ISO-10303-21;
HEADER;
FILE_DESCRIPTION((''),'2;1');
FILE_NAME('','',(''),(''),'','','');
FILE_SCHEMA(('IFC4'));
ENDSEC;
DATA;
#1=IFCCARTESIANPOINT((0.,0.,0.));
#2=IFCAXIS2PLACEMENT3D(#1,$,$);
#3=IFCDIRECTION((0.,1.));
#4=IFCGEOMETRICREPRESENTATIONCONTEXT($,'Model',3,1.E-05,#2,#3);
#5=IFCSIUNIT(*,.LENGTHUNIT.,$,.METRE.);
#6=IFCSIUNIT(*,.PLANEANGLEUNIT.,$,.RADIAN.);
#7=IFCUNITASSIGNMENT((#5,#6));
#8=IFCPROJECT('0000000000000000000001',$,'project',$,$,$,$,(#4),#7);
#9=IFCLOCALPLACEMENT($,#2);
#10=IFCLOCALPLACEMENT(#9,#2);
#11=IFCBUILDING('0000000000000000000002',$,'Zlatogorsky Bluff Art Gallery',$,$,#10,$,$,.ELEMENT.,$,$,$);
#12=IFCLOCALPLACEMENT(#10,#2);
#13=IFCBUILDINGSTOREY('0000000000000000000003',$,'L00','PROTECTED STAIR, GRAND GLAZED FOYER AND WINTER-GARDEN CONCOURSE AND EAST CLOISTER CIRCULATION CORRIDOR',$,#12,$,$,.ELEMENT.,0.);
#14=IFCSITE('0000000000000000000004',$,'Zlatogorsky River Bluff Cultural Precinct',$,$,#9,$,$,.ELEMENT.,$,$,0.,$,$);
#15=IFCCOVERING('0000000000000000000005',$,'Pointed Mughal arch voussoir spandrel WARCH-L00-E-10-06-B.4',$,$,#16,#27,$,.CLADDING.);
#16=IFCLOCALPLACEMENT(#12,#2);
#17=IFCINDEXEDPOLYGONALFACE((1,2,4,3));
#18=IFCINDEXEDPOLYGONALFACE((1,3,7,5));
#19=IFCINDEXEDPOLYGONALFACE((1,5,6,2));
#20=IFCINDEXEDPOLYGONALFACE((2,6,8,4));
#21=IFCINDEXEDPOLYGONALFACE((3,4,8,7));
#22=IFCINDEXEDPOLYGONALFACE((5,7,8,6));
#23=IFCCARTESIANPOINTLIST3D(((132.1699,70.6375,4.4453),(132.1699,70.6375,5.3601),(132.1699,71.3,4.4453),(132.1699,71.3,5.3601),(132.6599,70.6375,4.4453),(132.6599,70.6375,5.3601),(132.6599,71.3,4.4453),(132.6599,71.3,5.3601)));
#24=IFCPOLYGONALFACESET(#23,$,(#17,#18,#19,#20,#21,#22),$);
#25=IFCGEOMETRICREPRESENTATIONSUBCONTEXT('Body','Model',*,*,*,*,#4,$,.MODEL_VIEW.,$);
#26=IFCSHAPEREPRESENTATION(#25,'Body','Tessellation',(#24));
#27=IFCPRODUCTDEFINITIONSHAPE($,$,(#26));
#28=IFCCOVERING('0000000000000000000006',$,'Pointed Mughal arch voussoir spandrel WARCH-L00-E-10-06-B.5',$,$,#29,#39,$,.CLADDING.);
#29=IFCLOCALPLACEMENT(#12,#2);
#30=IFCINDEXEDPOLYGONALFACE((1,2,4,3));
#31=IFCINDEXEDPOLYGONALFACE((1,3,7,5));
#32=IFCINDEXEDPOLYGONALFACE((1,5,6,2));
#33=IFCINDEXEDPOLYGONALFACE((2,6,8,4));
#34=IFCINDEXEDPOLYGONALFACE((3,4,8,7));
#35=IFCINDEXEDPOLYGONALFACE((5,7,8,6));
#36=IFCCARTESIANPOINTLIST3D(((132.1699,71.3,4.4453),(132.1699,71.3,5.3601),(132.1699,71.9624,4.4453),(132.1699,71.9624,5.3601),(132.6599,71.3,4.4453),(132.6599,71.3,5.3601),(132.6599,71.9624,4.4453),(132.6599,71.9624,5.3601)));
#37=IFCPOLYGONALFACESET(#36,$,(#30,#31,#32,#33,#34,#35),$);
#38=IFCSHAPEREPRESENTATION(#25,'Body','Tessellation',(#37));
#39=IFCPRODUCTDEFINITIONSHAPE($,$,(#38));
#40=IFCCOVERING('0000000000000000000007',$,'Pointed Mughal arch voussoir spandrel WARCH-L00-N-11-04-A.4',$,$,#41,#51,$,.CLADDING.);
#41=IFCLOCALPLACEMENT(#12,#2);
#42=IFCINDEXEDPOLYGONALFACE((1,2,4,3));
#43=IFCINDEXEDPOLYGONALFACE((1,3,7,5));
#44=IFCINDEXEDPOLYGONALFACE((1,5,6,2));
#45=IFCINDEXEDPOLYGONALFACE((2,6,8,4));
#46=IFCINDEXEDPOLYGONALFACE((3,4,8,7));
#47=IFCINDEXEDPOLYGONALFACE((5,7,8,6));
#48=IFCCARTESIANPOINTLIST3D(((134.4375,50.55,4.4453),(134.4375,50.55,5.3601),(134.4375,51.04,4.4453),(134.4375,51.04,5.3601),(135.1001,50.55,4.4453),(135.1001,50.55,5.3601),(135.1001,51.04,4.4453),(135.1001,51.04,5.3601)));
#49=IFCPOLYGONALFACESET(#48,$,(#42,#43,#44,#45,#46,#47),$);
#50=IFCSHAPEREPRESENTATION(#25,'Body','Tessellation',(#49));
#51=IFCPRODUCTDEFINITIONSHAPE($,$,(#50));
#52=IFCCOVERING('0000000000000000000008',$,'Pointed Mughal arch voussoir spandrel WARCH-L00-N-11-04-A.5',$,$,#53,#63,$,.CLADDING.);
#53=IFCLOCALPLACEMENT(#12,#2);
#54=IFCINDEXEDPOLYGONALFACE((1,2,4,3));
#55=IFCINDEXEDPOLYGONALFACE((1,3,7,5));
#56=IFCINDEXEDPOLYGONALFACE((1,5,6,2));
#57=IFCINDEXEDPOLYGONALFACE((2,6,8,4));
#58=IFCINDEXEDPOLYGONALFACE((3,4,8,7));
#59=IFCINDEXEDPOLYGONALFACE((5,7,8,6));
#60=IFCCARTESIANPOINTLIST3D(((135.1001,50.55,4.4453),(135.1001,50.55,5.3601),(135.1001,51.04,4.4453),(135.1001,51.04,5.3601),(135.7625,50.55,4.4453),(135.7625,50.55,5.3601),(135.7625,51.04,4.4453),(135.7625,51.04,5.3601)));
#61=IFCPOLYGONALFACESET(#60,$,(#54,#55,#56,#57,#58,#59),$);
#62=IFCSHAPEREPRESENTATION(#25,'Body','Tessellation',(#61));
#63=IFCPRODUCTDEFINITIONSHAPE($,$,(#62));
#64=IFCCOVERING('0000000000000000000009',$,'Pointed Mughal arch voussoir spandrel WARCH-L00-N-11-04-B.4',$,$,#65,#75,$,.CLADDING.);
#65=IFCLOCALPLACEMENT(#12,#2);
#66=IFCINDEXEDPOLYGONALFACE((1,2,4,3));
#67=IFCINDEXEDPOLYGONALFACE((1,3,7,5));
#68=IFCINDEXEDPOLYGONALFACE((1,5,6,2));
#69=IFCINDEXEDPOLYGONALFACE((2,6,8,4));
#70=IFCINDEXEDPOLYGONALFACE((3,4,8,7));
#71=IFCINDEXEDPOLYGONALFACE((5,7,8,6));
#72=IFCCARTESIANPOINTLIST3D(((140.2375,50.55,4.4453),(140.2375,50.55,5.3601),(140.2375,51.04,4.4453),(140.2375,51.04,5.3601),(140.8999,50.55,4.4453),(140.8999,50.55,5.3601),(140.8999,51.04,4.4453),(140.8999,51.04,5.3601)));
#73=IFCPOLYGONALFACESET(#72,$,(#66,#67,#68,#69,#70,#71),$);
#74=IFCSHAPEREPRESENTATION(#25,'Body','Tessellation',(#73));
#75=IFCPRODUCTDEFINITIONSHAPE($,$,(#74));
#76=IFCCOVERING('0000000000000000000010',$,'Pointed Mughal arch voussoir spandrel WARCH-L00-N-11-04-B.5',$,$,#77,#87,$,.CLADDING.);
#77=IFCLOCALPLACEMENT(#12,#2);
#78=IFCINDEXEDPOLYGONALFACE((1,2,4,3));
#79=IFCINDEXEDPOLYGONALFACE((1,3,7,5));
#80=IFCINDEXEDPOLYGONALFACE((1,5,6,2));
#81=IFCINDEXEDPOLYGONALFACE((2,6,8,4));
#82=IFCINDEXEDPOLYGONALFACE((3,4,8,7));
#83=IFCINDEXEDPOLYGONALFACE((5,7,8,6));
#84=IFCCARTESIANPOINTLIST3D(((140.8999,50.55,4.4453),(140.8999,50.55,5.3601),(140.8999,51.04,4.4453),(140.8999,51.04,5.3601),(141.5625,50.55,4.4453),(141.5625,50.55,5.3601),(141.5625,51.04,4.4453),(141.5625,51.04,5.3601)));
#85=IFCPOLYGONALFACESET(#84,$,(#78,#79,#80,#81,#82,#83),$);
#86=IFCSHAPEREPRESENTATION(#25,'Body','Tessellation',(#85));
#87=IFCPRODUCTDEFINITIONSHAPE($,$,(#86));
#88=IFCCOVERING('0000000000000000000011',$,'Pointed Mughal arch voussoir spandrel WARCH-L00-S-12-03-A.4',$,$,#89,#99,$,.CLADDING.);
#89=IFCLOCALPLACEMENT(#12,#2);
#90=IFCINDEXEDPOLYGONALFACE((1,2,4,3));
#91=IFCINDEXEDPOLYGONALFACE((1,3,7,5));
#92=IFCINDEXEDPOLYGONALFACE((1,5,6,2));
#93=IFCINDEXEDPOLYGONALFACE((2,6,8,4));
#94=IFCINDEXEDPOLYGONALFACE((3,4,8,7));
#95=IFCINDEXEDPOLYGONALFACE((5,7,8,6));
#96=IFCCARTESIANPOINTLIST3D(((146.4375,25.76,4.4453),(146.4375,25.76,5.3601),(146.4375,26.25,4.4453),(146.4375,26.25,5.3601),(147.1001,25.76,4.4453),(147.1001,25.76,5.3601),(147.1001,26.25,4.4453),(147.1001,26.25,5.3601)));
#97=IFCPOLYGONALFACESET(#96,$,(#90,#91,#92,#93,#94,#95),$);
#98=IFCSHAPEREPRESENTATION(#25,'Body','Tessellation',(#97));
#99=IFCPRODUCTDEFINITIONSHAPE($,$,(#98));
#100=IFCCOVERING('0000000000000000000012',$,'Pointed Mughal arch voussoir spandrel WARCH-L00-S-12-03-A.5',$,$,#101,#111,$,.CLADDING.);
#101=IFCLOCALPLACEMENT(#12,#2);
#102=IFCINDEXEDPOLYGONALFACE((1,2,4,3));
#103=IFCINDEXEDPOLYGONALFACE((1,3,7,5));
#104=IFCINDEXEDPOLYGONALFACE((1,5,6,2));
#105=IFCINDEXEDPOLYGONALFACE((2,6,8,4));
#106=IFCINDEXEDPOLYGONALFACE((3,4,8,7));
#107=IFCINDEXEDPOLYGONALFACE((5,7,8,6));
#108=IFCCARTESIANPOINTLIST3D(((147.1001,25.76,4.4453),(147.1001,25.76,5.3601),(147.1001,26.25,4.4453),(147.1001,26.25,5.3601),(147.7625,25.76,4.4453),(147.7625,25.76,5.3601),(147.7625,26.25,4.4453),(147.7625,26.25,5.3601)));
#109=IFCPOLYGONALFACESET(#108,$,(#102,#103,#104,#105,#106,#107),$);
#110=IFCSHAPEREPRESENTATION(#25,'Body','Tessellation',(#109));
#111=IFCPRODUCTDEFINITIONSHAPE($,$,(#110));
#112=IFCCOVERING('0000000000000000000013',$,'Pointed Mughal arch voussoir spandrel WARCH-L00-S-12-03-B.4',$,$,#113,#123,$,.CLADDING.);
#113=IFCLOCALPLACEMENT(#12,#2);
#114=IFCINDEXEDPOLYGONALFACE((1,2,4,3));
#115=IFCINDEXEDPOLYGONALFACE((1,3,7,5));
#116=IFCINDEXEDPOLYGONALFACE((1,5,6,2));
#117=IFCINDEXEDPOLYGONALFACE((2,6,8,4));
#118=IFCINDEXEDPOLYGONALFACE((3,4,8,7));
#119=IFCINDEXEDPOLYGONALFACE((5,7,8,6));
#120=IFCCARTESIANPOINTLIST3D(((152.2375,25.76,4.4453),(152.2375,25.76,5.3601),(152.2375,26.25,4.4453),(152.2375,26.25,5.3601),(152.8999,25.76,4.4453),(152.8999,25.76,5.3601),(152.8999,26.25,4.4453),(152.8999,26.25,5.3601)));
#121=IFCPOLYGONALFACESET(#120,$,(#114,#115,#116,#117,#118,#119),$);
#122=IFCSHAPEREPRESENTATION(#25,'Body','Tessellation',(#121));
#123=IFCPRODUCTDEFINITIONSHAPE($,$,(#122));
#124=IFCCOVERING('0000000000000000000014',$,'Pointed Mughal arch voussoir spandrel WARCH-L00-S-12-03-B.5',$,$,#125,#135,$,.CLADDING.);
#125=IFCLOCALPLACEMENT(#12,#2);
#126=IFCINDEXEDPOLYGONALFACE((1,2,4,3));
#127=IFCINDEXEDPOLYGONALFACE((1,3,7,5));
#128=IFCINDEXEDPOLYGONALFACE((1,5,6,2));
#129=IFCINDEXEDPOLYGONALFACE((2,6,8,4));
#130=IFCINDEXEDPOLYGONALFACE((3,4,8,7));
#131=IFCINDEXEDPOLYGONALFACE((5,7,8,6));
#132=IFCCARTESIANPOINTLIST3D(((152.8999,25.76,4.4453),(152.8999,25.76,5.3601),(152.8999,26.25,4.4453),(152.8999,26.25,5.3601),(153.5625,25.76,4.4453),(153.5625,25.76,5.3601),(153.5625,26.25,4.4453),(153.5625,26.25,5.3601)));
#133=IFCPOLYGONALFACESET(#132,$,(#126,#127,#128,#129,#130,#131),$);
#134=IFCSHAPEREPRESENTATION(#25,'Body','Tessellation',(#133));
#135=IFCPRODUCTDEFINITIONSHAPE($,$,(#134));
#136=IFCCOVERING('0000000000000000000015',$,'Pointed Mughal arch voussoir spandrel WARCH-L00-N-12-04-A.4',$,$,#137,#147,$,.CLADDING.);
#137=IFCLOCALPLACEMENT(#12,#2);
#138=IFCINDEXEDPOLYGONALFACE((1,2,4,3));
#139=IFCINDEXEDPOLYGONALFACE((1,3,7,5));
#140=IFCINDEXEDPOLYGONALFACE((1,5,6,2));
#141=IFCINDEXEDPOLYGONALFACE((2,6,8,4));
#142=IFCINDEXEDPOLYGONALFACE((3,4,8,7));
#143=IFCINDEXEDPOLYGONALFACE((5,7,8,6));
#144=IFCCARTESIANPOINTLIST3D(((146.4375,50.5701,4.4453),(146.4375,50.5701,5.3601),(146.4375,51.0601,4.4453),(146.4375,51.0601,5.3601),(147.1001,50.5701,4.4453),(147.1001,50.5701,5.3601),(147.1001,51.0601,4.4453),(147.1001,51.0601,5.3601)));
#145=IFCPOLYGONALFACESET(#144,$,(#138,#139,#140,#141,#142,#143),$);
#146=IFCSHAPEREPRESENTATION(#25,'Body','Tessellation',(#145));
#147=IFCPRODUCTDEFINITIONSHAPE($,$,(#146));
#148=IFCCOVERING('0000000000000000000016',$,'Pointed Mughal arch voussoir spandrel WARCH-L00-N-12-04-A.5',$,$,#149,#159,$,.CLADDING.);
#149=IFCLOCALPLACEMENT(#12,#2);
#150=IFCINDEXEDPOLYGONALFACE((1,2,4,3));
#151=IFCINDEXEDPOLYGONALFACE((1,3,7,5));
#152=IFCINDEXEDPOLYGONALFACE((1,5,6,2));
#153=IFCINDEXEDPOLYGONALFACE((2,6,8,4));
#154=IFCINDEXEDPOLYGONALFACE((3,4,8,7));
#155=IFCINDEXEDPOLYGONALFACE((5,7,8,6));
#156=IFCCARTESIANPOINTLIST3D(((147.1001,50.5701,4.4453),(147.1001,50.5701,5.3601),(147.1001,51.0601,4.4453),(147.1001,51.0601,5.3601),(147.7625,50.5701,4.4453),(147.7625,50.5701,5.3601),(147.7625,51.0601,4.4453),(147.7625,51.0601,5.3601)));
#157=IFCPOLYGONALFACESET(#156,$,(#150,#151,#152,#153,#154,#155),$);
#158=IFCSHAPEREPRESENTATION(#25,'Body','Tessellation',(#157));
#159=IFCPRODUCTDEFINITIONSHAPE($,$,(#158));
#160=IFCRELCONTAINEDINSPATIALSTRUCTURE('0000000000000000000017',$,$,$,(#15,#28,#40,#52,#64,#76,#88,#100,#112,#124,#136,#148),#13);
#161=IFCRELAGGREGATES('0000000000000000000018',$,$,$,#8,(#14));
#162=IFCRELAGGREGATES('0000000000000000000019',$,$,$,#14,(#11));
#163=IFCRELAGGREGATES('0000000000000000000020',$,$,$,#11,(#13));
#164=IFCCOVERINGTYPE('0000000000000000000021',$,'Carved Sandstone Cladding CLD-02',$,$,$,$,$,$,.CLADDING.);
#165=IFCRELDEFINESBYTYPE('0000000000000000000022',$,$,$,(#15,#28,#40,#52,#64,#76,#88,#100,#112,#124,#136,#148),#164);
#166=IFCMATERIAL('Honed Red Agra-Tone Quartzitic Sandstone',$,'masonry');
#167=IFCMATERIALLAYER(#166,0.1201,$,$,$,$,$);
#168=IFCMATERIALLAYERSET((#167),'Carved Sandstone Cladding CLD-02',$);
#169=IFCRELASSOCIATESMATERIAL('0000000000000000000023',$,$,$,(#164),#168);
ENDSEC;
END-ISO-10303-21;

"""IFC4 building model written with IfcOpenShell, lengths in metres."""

from ifc_helpers import new_model, si_unit, direction, frame, origin, place, context, subcontext, project, spatial, polyline, outline, extrude, material, layer, layer_set, type_object, element, save


model = new_model("IFC4")

# Units and contexts
model_context = context("Model", 3, precision=1e-05, world=origin(), true_north=direction((0.0, 1.0)))
body_context = subcontext(model_context, "Body", "Model", "MODEL_VIEW")
ifc_project = project(units=[si_unit("LENGTHUNIT", "METRE"), si_unit("PLANEANGLEUNIT", "RADIAN")], contexts=[model_context])

# Site, building, storey
site_placement = place(None, origin())
site = spatial("IfcSite", under=ifc_project, at=site_placement, Name="Zlatogorsky River Bluff Cultural Precinct", CompositionType="ELEMENT", RefElevation=0.0)
building_placement = place(site_placement, origin())
building = spatial("IfcBuilding", under=site, at=building_placement, Name="Zlatogorsky Bluff Art Gallery", CompositionType="ELEMENT")
storey_placement = place(building_placement, origin())
storey = spatial("IfcBuildingStorey", under=building, at=storey_placement, Name="L00", Description="PROTECTED STAIR, GRAND GLAZED FOYER AND WINTER-GARDEN CONCOURSE AND EAST CLOISTER CIRCULATION CORRIDOR", CompositionType="ELEMENT", Elevation=0.0)

# Coverings
ifc_material = material(Name="Honed Red Agra-Tone Quartzitic Sandstone", Category="masonry")
ifc_layer = layer(ifc_material, 0.1201)
ifc_layer_set = layer_set([ifc_layer], Name="Carved Sandstone Cladding CLD-02")
covering_type = type_object("IfcCoveringType", Name="Carved Sandstone Cladding CLD-02", PredefinedType="CLADDING", material=ifc_layer_set)
covering_1_placement = place(storey_placement, frame((0.0, 0.0, 4.4453)))
element("IfcCovering", 1, at=covering_1_placement, inside=storey, type_object=covering_type, Name="Pointed Mughal arch voussoir spandrel WARCH-L00-E-10-06-B.4", PredefinedType="CLADDING", context=body_context, shape_type="SweptSolid", body=[
    extrude(outline(polyline([(132.1699, 70.6375), (132.1699, 71.3), (132.6599, 71.3), (132.6599, 70.6375), (132.1699, 70.6375)])), origin(), (0.0, 0.0, 1.0), 0.9148),
])
covering_2_placement = place(storey_placement, frame((0.0, 0.0, 4.4453)))
element("IfcCovering", 2, at=covering_2_placement, inside=storey, type_object=covering_type, Name="Pointed Mughal arch voussoir spandrel WARCH-L00-E-10-06-B.5", PredefinedType="CLADDING", context=body_context, shape_type="SweptSolid", body=[
    extrude(outline(polyline([(132.1699, 71.3), (132.1699, 71.9624), (132.6599, 71.9624), (132.6599, 71.3), (132.1699, 71.3)])), origin(), (0.0, 0.0, 1.0), 0.9148),
])
covering_3_placement = place(storey_placement, frame((0.0, 0.0, 4.4453)))
element("IfcCovering", 3, at=covering_3_placement, inside=storey, type_object=covering_type, Name="Pointed Mughal arch voussoir spandrel WARCH-L00-N-11-04-A.4", PredefinedType="CLADDING", context=body_context, shape_type="SweptSolid", body=[
    extrude(outline(polyline([(134.4375, 50.55), (135.1001, 50.55), (135.1001, 51.04), (134.4375, 51.04), (134.4375, 50.55)])), origin(), (0.0, 0.0, 1.0), 0.9148),
])
covering_4_placement = place(storey_placement, frame((0.0, 0.0, 4.4453)))
element("IfcCovering", 4, at=covering_4_placement, inside=storey, type_object=covering_type, Name="Pointed Mughal arch voussoir spandrel WARCH-L00-N-11-04-A.5", PredefinedType="CLADDING", context=body_context, shape_type="SweptSolid", body=[
    extrude(outline(polyline([(135.1001, 50.55), (135.7625, 50.55), (135.7625, 51.04), (135.1001, 51.04), (135.1001, 50.55)])), origin(), (0.0, 0.0, 1.0), 0.9148),
])
covering_5_placement = place(storey_placement, frame((0.0, 0.0, 4.4453)))
element("IfcCovering", 5, at=covering_5_placement, inside=storey, type_object=covering_type, Name="Pointed Mughal arch voussoir spandrel WARCH-L00-N-11-04-B.4", PredefinedType="CLADDING", context=body_context, shape_type="SweptSolid", body=[
    extrude(outline(polyline([(140.2375, 50.55), (140.8999, 50.55), (140.8999, 51.04), (140.2375, 51.04), (140.2375, 50.55)])), origin(), (0.0, 0.0, 1.0), 0.9148),
])
covering_6_placement = place(storey_placement, frame((0.0, 0.0, 4.4453)))
element("IfcCovering", 6, at=covering_6_placement, inside=storey, type_object=covering_type, Name="Pointed Mughal arch voussoir spandrel WARCH-L00-N-11-04-B.5", PredefinedType="CLADDING", context=body_context, shape_type="SweptSolid", body=[
    extrude(outline(polyline([(140.8999, 50.55), (141.5625, 50.55), (141.5625, 51.04), (140.8999, 51.04), (140.8999, 50.55)])), origin(), (0.0, 0.0, 1.0), 0.9148),
])
covering_7_placement = place(storey_placement, frame((0.0, 0.0, 4.4453)))
element("IfcCovering", 7, at=covering_7_placement, inside=storey, type_object=covering_type, Name="Pointed Mughal arch voussoir spandrel WARCH-L00-S-12-03-A.4", PredefinedType="CLADDING", context=body_context, shape_type="SweptSolid", body=[
    extrude(outline(polyline([(146.4375, 25.76), (147.1001, 25.76), (147.1001, 26.25), (146.4375, 26.25), (146.4375, 25.76)])), origin(), (0.0, 0.0, 1.0), 0.9148),
])
covering_8_placement = place(storey_placement, frame((0.0, 0.0, 4.4453)))
element("IfcCovering", 8, at=covering_8_placement, inside=storey, type_object=covering_type, Name="Pointed Mughal arch voussoir spandrel WARCH-L00-S-12-03-A.5", PredefinedType="CLADDING", context=body_context, shape_type="SweptSolid", body=[
    extrude(outline(polyline([(147.1001, 25.76), (147.7625, 25.76), (147.7625, 26.25), (147.1001, 26.25), (147.1001, 25.76)])), origin(), (0.0, 0.0, 1.0), 0.9148),
])
covering_9_placement = place(storey_placement, frame((0.0, 0.0, 4.4453)))
element("IfcCovering", 9, at=covering_9_placement, inside=storey, type_object=covering_type, Name="Pointed Mughal arch voussoir spandrel WARCH-L00-S-12-03-B.4", PredefinedType="CLADDING", context=body_context, shape_type="SweptSolid", body=[
    extrude(outline(polyline([(152.2375, 25.76), (152.8999, 25.76), (152.8999, 26.25), (152.2375, 26.25), (152.2375, 25.76)])), origin(), (0.0, 0.0, 1.0), 0.9148),
])
covering_10_placement = place(storey_placement, frame((0.0, 0.0, 4.4453)))
element("IfcCovering", 10, at=covering_10_placement, inside=storey, type_object=covering_type, Name="Pointed Mughal arch voussoir spandrel WARCH-L00-S-12-03-B.5", PredefinedType="CLADDING", context=body_context, shape_type="SweptSolid", body=[
    extrude(outline(polyline([(152.8999, 25.76), (153.5625, 25.76), (153.5625, 26.25), (152.8999, 26.25), (152.8999, 25.76)])), origin(), (0.0, 0.0, 1.0), 0.9148),
])
covering_11_placement = place(storey_placement, frame((0.0, 0.0, 4.4453)))
element("IfcCovering", 11, at=covering_11_placement, inside=storey, type_object=covering_type, Name="Pointed Mughal arch voussoir spandrel WARCH-L00-N-12-04-A.4", PredefinedType="CLADDING", context=body_context, shape_type="SweptSolid", body=[
    extrude(outline(polyline([(146.4375, 50.5701), (147.1001, 50.5701), (147.1001, 51.0601), (146.4375, 51.0601), (146.4375, 50.5701)])), origin(), (0.0, 0.0, 1.0), 0.9148),
])
covering_12_placement = place(storey_placement, frame((0.0, 0.0, 4.4453)))
element("IfcCovering", 12, at=covering_12_placement, inside=storey, type_object=covering_type, Name="Pointed Mughal arch voussoir spandrel WARCH-L00-N-12-04-A.5", PredefinedType="CLADDING", context=body_context, shape_type="SweptSolid", body=[
    extrude(outline(polyline([(147.1001, 50.5701), (147.7625, 50.5701), (147.7625, 51.0601), (147.1001, 51.0601), (147.1001, 50.5701)])), origin(), (0.0, 0.0, 1.0), 0.9148),
])

save(model, "model.ifc")
